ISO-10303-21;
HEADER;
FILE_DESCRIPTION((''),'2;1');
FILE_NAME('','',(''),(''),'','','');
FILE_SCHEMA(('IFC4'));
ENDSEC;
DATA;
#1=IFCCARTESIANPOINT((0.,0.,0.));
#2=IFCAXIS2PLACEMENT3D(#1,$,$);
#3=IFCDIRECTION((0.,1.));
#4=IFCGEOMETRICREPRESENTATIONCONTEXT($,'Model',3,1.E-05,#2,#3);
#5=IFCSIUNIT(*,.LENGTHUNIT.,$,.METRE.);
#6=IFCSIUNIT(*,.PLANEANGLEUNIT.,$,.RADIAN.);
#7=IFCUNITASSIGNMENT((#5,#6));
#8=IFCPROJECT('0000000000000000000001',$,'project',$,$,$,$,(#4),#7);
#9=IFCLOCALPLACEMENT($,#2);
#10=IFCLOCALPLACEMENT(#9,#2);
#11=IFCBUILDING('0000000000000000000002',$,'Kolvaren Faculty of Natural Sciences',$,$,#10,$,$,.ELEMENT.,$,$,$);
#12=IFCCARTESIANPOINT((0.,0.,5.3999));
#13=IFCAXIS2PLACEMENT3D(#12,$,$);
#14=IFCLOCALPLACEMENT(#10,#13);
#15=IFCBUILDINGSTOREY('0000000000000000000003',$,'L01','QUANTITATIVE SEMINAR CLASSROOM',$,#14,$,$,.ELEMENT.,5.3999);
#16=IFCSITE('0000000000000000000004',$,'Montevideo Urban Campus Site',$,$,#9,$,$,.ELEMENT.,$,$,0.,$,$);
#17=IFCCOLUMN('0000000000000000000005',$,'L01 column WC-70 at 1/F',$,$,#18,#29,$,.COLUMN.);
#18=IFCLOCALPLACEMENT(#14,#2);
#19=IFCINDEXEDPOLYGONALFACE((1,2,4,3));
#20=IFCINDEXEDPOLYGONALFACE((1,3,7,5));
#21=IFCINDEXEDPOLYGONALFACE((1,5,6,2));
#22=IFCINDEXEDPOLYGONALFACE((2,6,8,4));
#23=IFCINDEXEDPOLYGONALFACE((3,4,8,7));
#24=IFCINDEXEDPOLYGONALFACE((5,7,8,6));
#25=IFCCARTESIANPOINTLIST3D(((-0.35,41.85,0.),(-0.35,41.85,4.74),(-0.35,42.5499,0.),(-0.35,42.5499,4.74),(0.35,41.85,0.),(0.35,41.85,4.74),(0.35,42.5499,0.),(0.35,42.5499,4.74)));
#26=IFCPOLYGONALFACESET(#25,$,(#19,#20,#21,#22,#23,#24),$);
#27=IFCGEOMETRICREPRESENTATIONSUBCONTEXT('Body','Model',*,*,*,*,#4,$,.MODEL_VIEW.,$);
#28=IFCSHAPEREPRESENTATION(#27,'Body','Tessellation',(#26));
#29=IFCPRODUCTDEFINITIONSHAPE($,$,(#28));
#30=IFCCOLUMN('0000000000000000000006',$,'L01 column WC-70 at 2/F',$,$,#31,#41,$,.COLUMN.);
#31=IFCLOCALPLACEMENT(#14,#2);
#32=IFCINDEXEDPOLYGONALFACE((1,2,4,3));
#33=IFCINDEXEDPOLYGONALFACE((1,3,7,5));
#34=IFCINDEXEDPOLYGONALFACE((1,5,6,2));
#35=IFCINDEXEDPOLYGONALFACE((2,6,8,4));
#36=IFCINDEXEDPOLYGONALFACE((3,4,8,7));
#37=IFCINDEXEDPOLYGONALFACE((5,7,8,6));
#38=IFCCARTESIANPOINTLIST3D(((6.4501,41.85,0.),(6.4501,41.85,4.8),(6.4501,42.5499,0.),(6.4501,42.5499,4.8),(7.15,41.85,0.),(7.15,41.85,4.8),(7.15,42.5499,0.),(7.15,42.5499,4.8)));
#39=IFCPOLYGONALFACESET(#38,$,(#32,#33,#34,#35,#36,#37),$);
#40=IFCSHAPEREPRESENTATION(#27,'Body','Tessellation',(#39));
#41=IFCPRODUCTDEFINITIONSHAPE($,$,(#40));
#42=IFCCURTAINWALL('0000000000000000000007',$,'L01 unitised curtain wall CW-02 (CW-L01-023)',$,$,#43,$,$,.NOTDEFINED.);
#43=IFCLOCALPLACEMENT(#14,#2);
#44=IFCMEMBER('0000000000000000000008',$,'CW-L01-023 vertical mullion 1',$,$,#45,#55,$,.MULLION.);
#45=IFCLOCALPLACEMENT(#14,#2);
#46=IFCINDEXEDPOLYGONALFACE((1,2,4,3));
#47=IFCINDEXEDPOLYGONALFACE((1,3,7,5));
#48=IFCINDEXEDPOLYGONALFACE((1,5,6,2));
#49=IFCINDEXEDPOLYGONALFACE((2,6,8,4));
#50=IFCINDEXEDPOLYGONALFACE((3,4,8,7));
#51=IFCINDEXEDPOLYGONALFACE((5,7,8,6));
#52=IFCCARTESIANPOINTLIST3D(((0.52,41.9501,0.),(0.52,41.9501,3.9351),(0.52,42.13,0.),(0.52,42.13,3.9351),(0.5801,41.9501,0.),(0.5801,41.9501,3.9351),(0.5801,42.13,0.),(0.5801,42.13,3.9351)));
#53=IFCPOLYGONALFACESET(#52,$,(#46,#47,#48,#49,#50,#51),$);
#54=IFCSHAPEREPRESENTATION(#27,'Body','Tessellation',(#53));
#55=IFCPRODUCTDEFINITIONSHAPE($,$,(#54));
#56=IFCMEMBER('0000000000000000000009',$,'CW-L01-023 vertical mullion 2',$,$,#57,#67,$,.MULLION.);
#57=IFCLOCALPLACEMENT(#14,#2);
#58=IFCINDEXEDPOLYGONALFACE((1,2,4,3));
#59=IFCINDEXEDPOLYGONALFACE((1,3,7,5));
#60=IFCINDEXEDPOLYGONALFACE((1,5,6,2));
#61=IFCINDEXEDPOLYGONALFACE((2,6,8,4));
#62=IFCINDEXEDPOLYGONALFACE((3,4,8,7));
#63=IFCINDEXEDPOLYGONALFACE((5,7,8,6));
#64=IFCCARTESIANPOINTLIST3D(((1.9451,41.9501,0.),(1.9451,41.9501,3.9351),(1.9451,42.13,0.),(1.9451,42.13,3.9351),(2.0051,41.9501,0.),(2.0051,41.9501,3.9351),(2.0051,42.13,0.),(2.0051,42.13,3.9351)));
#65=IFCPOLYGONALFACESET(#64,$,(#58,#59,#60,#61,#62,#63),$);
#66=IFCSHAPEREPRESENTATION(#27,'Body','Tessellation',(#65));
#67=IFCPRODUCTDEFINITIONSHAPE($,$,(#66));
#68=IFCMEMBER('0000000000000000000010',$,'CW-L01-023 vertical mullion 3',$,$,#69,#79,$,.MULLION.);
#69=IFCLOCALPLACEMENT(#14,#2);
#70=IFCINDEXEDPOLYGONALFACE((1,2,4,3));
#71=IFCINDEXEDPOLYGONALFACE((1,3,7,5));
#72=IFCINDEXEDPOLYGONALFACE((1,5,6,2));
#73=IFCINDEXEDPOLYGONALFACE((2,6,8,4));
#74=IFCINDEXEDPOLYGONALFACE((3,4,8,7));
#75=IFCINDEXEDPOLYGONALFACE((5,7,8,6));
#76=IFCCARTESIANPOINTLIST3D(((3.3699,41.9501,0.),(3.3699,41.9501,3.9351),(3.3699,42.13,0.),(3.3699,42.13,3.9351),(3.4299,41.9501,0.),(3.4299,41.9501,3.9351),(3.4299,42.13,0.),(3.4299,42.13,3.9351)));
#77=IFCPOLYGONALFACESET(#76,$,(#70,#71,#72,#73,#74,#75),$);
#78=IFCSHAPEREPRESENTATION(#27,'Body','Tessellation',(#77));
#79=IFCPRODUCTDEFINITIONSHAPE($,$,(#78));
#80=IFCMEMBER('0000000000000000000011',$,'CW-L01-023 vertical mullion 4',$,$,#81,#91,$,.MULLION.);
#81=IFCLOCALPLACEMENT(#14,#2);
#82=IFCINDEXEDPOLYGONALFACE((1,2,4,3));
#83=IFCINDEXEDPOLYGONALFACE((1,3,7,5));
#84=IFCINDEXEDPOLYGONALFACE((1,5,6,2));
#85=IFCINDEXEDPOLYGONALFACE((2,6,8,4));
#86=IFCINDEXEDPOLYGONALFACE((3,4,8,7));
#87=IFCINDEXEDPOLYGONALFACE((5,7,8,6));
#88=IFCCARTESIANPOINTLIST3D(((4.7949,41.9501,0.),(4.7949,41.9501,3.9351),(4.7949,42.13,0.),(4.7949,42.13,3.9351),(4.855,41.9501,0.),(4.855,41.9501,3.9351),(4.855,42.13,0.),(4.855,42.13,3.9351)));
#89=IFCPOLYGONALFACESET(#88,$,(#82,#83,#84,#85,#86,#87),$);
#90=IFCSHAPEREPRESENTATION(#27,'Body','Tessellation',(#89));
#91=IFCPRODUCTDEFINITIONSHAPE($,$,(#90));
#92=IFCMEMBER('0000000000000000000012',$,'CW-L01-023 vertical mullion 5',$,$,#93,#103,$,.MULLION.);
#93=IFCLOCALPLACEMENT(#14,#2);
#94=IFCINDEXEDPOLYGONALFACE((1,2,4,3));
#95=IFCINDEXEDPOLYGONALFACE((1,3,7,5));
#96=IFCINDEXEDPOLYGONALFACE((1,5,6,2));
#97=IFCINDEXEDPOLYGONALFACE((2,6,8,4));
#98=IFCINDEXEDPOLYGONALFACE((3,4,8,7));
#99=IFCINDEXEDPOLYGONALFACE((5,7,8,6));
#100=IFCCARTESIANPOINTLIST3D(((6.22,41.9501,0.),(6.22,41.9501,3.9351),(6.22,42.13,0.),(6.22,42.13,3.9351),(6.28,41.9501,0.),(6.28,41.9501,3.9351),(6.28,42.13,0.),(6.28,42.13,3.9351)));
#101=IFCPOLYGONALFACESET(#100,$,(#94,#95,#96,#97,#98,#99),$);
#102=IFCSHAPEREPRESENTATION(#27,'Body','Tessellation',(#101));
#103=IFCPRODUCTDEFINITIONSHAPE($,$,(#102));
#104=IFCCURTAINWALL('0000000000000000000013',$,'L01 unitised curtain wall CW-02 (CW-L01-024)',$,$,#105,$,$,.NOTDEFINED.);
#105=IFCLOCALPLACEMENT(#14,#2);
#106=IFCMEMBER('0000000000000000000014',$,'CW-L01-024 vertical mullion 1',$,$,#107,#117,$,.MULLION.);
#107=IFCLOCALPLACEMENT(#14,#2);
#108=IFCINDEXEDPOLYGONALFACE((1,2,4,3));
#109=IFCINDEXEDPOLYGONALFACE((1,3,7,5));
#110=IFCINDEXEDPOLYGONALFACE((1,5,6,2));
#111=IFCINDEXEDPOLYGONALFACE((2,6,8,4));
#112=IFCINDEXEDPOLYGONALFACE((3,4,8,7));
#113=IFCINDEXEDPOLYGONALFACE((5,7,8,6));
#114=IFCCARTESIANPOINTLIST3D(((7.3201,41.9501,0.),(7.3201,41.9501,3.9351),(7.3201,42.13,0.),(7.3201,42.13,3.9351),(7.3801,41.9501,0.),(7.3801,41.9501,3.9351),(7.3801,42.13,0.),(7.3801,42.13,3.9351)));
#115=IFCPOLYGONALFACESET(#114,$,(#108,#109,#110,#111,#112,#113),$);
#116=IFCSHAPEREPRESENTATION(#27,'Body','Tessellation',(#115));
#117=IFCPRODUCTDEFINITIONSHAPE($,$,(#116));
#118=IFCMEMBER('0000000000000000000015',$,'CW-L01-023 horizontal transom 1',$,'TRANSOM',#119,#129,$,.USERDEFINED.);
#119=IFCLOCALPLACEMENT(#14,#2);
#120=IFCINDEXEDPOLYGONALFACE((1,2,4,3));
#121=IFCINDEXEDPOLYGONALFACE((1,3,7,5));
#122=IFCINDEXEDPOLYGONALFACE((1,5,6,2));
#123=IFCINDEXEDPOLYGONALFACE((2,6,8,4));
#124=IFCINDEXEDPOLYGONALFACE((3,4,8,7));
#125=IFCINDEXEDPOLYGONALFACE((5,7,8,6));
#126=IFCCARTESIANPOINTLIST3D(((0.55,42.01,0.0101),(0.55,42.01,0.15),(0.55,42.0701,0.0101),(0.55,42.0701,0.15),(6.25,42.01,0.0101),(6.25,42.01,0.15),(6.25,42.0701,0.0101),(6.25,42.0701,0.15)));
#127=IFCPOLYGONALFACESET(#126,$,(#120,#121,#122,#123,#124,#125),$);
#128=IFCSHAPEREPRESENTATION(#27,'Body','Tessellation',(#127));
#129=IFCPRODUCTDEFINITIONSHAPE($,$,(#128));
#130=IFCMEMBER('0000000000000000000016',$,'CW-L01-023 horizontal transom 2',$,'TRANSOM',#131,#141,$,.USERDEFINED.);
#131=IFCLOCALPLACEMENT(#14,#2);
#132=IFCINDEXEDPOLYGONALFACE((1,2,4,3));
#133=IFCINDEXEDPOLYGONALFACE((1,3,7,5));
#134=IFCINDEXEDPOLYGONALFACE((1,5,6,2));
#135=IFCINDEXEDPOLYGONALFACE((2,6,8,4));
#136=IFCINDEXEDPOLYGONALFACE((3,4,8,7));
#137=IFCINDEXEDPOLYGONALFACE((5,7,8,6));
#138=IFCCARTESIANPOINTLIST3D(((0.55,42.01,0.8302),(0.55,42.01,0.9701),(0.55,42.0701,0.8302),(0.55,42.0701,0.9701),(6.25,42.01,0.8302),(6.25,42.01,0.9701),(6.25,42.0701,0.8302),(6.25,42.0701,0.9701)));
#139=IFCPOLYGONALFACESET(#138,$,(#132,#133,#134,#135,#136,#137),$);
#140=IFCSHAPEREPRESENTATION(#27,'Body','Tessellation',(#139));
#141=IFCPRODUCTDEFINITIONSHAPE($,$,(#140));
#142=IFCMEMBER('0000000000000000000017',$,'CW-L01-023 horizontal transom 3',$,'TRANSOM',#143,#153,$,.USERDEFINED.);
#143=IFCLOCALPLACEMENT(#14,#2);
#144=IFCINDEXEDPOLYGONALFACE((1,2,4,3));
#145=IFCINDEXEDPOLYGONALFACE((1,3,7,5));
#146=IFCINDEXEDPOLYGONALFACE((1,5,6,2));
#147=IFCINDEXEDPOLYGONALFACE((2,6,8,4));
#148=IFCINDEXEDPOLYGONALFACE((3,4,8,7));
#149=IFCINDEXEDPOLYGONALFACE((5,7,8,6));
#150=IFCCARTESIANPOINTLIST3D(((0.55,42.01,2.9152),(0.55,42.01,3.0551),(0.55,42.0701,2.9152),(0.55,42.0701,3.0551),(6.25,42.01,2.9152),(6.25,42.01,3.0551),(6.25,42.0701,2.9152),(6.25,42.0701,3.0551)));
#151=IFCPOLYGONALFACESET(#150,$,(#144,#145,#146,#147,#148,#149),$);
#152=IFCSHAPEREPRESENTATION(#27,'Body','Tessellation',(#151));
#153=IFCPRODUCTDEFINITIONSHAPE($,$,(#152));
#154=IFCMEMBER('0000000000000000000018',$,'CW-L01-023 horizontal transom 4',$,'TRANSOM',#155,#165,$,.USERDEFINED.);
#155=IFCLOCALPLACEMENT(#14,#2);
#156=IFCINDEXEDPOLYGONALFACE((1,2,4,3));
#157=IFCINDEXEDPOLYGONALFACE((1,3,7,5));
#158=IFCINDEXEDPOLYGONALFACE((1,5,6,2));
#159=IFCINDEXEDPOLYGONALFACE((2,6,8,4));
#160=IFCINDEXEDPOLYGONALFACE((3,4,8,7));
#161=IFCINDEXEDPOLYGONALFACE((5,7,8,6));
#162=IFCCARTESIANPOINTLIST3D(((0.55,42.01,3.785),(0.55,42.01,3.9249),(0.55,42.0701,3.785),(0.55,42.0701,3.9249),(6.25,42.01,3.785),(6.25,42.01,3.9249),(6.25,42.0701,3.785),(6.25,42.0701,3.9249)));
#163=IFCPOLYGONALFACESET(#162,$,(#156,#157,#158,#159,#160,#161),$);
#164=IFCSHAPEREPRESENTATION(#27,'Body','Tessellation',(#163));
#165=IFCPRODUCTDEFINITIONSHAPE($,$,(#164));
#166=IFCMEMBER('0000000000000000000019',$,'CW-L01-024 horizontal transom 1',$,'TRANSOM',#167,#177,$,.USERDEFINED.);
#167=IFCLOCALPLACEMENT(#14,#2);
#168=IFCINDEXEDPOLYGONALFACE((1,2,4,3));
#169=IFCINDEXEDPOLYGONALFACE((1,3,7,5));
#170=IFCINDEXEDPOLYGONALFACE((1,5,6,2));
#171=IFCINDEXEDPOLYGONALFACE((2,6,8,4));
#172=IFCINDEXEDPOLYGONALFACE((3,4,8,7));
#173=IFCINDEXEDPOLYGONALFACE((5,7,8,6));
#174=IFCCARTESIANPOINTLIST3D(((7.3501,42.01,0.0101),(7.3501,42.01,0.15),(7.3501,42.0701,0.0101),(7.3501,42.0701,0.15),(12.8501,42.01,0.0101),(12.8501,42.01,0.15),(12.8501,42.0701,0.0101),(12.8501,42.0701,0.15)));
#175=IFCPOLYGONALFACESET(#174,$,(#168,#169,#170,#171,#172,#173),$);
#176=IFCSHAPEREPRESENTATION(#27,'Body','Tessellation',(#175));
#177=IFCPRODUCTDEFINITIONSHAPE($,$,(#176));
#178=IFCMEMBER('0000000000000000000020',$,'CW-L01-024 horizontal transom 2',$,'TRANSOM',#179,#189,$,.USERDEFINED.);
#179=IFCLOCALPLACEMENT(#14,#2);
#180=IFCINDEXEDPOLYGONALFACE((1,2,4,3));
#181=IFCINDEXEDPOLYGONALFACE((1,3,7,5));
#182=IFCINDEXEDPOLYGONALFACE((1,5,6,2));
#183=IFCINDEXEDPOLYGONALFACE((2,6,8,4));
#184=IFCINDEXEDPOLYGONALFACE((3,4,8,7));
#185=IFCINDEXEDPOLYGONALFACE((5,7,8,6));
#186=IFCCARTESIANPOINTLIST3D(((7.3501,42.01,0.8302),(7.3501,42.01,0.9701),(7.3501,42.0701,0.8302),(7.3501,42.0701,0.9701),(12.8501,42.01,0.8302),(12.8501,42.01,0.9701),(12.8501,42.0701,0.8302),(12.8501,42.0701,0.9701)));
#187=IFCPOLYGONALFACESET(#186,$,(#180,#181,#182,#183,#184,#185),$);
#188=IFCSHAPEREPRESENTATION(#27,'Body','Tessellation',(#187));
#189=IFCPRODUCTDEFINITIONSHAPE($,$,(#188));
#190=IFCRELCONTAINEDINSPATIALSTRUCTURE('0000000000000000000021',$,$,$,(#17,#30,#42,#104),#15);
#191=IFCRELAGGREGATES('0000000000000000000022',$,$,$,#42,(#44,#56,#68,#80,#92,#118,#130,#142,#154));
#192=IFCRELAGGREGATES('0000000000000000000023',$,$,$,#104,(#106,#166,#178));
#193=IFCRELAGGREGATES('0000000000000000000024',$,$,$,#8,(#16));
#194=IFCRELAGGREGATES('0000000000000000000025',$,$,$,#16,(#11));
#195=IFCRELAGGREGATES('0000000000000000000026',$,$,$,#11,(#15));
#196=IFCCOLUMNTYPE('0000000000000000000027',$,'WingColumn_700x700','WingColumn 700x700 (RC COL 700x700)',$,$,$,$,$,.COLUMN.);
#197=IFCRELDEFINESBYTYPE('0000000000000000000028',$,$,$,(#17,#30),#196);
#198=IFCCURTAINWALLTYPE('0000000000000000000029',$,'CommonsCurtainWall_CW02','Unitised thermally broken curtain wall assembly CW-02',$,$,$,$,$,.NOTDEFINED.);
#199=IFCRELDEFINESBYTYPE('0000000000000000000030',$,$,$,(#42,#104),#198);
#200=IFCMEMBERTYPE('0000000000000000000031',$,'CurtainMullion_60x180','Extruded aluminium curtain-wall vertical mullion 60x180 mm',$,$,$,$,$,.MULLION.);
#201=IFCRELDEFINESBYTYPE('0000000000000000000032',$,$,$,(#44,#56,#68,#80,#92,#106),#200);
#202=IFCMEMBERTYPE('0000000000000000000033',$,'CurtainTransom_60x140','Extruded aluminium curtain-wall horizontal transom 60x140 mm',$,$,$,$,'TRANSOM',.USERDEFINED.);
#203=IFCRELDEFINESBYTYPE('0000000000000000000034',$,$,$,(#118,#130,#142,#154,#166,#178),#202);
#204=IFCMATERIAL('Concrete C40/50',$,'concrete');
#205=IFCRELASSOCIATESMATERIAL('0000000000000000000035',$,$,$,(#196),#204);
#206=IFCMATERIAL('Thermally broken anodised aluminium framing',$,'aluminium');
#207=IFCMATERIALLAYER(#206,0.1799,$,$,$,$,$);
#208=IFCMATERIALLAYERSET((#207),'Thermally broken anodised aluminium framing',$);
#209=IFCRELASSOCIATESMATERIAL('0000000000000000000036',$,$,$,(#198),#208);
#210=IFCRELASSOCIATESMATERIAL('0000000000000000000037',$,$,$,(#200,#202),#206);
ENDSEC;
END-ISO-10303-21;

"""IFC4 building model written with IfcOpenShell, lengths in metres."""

from ifc_helpers import new_model, si_unit, direction, frame, origin, origin_2d, place, context, subcontext, project, spatial, rectangle, extrude, material, layer, layer_set, material_profile, profile_set, type_object, element, aggregate, save


model = new_model("IFC4")

# Units and contexts
model_context = context("Model", 3, precision=1e-05, world=origin(), true_north=direction((0.0, 1.0)))
body_context = subcontext(model_context, "Body", "Model", "MODEL_VIEW")
ifc_project = project(units=[si_unit("LENGTHUNIT", "METRE"), si_unit("PLANEANGLEUNIT", "RADIAN")], contexts=[model_context])

# Site, building, storey
site_placement = place(None, origin())
site = spatial("IfcSite", under=ifc_project, at=site_placement, Name="Montevideo Urban Campus Site", CompositionType="ELEMENT", RefElevation=0.0)
building_placement = place(site_placement, origin())
building = spatial("IfcBuilding", under=site, at=building_placement, Name="Kolvaren Faculty of Natural Sciences", CompositionType="ELEMENT")
storey_placement = place(building_placement, frame((0.0, 0.0, 5.3999)))
storey = spatial("IfcBuildingStorey", under=building, at=storey_placement, Name="L01", Description="QUANTITATIVE SEMINAR CLASSROOM", CompositionType="ELEMENT", Elevation=5.3999)

# Columns
ifc_material_1 = material(Name="Concrete C40/50", Category="concrete")
ifc_material_profile_1 = material_profile(ifc_material_1, rectangle(XDim=0.7, YDim=0.7, at=origin_2d()), Name="RC COL 700x700")
ifc_profile_set_1 = profile_set([ifc_material_profile_1], Name="Concrete C40/50")
column_type = type_object("IfcColumnType", Name="WingColumn_700x700", Description="WingColumn 700x700 (RC COL 700x700)", PredefinedType="COLUMN", material=ifc_profile_set_1)
column_1_placement = place(storey_placement, frame((0.0, 42.2, 0.0), z_axis=(0.0, 0.0, 1.0), x_axis=(1.0, 0.0, 0.0)))
element("IfcColumn", 1, at=column_1_placement, inside=storey, type_object=column_type, Name="L01 column WC-70 at 1/F", PredefinedType="COLUMN", context=body_context, shape_type="SweptSolid", body=[
    extrude(rectangle(XDim=0.7, YDim=0.7, at=origin_2d()), origin(), (0.0, 0.0, 1.0), 4.74),
])
column_2_placement = place(storey_placement, frame((6.8, 42.2, 0.0), z_axis=(0.0, 0.0, 1.0), x_axis=(1.0, 0.0, 0.0)))
element("IfcColumn", 2, at=column_2_placement, inside=storey, type_object=column_type, Name="L01 column WC-70 at 2/F", PredefinedType="COLUMN", context=body_context, shape_type="SweptSolid", body=[
    extrude(rectangle(XDim=0.7, YDim=0.7, at=origin_2d()), origin(), (0.0, 0.0, 1.0), 4.8),
])

# Curtain wall, members
ifc_material_2 = material(Name="Thermally broken anodised aluminium framing", Category="aluminium")
ifc_layer_1 = layer(ifc_material_2, 0.1799)
ifc_layer_set_1 = layer_set([ifc_layer_1], Name="Thermally broken anodised aluminium framing")
curtain_wall_type = type_object("IfcCurtainWallType", Name="CommonsCurtainWall_CW02", Description="Unitised thermally broken curtain wall assembly CW-02", PredefinedType="NOTDEFINED", material=ifc_layer_set_1)
curtain_wall_1_placement = place(storey_placement, origin())
curtain_wall_1 = element("IfcCurtainWall", 3, at=curtain_wall_1_placement, inside=storey, type_object=curtain_wall_type, Name="L01 unitised curtain wall CW-02 (CW-L01-023)", PredefinedType="NOTDEFINED")
ifc_material_profile_2 = material_profile(ifc_material_2, rectangle(XDim=0.0601, YDim=0.1799, at=origin_2d()), Name="ALU MUL 60x180")
ifc_profile_set_2 = profile_set([ifc_material_profile_2], Name="Thermally broken anodised aluminium framing")
member_type_1 = type_object("IfcMemberType", Name="CurtainMullion_60x180", Description="Extruded aluminium curtain-wall vertical mullion 60x180 mm", PredefinedType="MULLION", material=ifc_profile_set_2)
member_1_placement = place(storey_placement, frame((0.55, 42.04, 0.0), z_axis=(0.0, 0.0, 1.0), x_axis=(1.0, 0.0, 0.0)))
member_1 = element("IfcMember", 4, at=member_1_placement, type_object=member_type_1, Name="CW-L01-023 vertical mullion 1", PredefinedType="MULLION", context=body_context, shape_type="SweptSolid", body=[
    extrude(rectangle(XDim=0.0601, YDim=0.1799, at=origin_2d()), origin(), (0.0, 0.0, 1.0), 3.9351),
])
member_2_placement = place(storey_placement, frame((1.9751, 42.04, 0.0), z_axis=(0.0, 0.0, 1.0), x_axis=(1.0, 0.0, 0.0)))
member_2 = element("IfcMember", 5, at=member_2_placement, type_object=member_type_1, Name="CW-L01-023 vertical mullion 2", PredefinedType="MULLION", context=body_context, shape_type="SweptSolid", body=[
    extrude(rectangle(XDim=0.0601, YDim=0.1799, at=origin_2d()), origin(), (0.0, 0.0, 1.0), 3.9351),
])
member_3_placement = place(storey_placement, frame((3.3999, 42.04, 0.0), z_axis=(0.0, 0.0, 1.0), x_axis=(1.0, 0.0, 0.0)))
member_3 = element("IfcMember", 6, at=member_3_placement, type_object=member_type_1, Name="CW-L01-023 vertical mullion 3", PredefinedType="MULLION", context=body_context, shape_type="SweptSolid", body=[
    extrude(rectangle(XDim=0.0601, YDim=0.1799, at=origin_2d()), origin(), (0.0, 0.0, 1.0), 3.9351),
])
member_4_placement = place(storey_placement, frame((4.825, 42.04, 0.0), z_axis=(0.0, 0.0, 1.0), x_axis=(1.0, 0.0, 0.0)))
member_4 = element("IfcMember", 7, at=member_4_placement, type_object=member_type_1, Name="CW-L01-023 vertical mullion 4", PredefinedType="MULLION", context=body_context, shape_type="SweptSolid", body=[
    extrude(rectangle(XDim=0.0601, YDim=0.1799, at=origin_2d()), origin(), (0.0, 0.0, 1.0), 3.9351),
])
member_5_placement = place(storey_placement, frame((6.25, 42.04, 0.0), z_axis=(0.0, 0.0, 1.0), x_axis=(1.0, 0.0, 0.0)))
member_5 = element("IfcMember", 8, at=member_5_placement, type_object=member_type_1, Name="CW-L01-023 vertical mullion 5", PredefinedType="MULLION", context=body_context, shape_type="SweptSolid", body=[
    extrude(rectangle(XDim=0.0601, YDim=0.1799, at=origin_2d()), origin(), (0.0, 0.0, 1.0), 3.9351),
])

# Curtain wall, member
curtain_wall_2_placement = place(storey_placement, origin())
curtain_wall_2 = element("IfcCurtainWall", 9, at=curtain_wall_2_placement, inside=storey, type_object=curtain_wall_type, Name="L01 unitised curtain wall CW-02 (CW-L01-024)", PredefinedType="NOTDEFINED")
member_6_placement = place(storey_placement, frame((7.3501, 42.04, 0.0), z_axis=(0.0, 0.0, 1.0), x_axis=(1.0, 0.0, 0.0)))
member_6 = element("IfcMember", 10, at=member_6_placement, type_object=member_type_1, Name="CW-L01-024 vertical mullion 1", PredefinedType="MULLION", context=body_context, shape_type="SweptSolid", body=[
    extrude(rectangle(XDim=0.0601, YDim=0.1799, at=origin_2d()), origin(), (0.0, 0.0, 1.0), 3.9351),
])

# Members
ifc_material_profile_3 = material_profile(ifc_material_2, rectangle(XDim=0.0601, YDim=0.1399, at=origin_2d()), Name="ALU TRN 60x140")
ifc_profile_set_3 = profile_set([ifc_material_profile_3], Name="Thermally broken anodised aluminium framing")
member_type_2 = type_object("IfcMemberType", Name="CurtainTransom_60x140", Description="Extruded aluminium curtain-wall horizontal transom 60x140 mm", ElementType="TRANSOM", PredefinedType="USERDEFINED", material=ifc_profile_set_3)
member_7_placement = place(storey_placement, frame((0.55, 42.04, 0.0801), z_axis=(1.0, 0.0, 0.0), x_axis=(0.0, 1.0, 0.0)))
member_7 = element("IfcMember", 11, at=member_7_placement, type_object=member_type_2, Name="CW-L01-023 horizontal transom 1", ObjectType="TRANSOM", PredefinedType="USERDEFINED", context=body_context, shape_type="SweptSolid", body=[
    extrude(rectangle(XDim=0.0601, YDim=0.1399, at=origin_2d()), origin(), (0.0, 0.0, 1.0), 5.7),
])
member_8_placement = place(storey_placement, frame((0.55, 42.04, 0.9001), z_axis=(1.0, 0.0, 0.0), x_axis=(0.0, 1.0, 0.0)))
member_8 = element("IfcMember", 12, at=member_8_placement, type_object=member_type_2, Name="CW-L01-023 horizontal transom 2", ObjectType="TRANSOM", PredefinedType="USERDEFINED", context=body_context, shape_type="SweptSolid", body=[
    extrude(rectangle(XDim=0.0601, YDim=0.1399, at=origin_2d()), origin(), (0.0, 0.0, 1.0), 5.7),
])
member_9_placement = place(storey_placement, frame((0.55, 42.04, 2.9851), z_axis=(1.0, 0.0, 0.0), x_axis=(0.0, 1.0, 0.0)))
member_9 = element("IfcMember", 13, at=member_9_placement, type_object=member_type_2, Name="CW-L01-023 horizontal transom 3", ObjectType="TRANSOM", PredefinedType="USERDEFINED", context=body_context, shape_type="SweptSolid", body=[
    extrude(rectangle(XDim=0.0601, YDim=0.1399, at=origin_2d()), origin(), (0.0, 0.0, 1.0), 5.7),
])
member_10_placement = place(storey_placement, frame((0.55, 42.04, 3.855), z_axis=(1.0, 0.0, 0.0), x_axis=(0.0, 1.0, 0.0)))
member_10 = element("IfcMember", 14, at=member_10_placement, type_object=member_type_2, Name="CW-L01-023 horizontal transom 4", ObjectType="TRANSOM", PredefinedType="USERDEFINED", context=body_context, shape_type="SweptSolid", body=[
    extrude(rectangle(XDim=0.0601, YDim=0.1399, at=origin_2d()), origin(), (0.0, 0.0, 1.0), 5.7),
])
member_11_placement = place(storey_placement, frame((7.3501, 42.04, 0.0801), z_axis=(1.0, 0.0, 0.0), x_axis=(0.0, 1.0, 0.0)))
member_11 = element("IfcMember", 15, at=member_11_placement, type_object=member_type_2, Name="CW-L01-024 horizontal transom 1", ObjectType="TRANSOM", PredefinedType="USERDEFINED", context=body_context, shape_type="SweptSolid", body=[
    extrude(rectangle(XDim=0.0601, YDim=0.1399, at=origin_2d()), origin(), (0.0, 0.0, 1.0), 5.5),
])
member_12_placement = place(storey_placement, frame((7.3501, 42.04, 0.9001), z_axis=(1.0, 0.0, 0.0), x_axis=(0.0, 1.0, 0.0)))
member_12 = element("IfcMember", 16, at=member_12_placement, type_object=member_type_2, Name="CW-L01-024 horizontal transom 2", ObjectType="TRANSOM", PredefinedType="USERDEFINED", context=body_context, shape_type="SweptSolid", body=[
    extrude(rectangle(XDim=0.0601, YDim=0.1399, at=origin_2d()), origin(), (0.0, 0.0, 1.0), 5.5),
])

aggregate(curtain_wall_1, [member_1, member_2, member_3, member_4, member_5, member_7, member_8, member_9, member_10])
aggregate(curtain_wall_2, [member_6, member_11, member_12])

save(model, "model.ifc")
